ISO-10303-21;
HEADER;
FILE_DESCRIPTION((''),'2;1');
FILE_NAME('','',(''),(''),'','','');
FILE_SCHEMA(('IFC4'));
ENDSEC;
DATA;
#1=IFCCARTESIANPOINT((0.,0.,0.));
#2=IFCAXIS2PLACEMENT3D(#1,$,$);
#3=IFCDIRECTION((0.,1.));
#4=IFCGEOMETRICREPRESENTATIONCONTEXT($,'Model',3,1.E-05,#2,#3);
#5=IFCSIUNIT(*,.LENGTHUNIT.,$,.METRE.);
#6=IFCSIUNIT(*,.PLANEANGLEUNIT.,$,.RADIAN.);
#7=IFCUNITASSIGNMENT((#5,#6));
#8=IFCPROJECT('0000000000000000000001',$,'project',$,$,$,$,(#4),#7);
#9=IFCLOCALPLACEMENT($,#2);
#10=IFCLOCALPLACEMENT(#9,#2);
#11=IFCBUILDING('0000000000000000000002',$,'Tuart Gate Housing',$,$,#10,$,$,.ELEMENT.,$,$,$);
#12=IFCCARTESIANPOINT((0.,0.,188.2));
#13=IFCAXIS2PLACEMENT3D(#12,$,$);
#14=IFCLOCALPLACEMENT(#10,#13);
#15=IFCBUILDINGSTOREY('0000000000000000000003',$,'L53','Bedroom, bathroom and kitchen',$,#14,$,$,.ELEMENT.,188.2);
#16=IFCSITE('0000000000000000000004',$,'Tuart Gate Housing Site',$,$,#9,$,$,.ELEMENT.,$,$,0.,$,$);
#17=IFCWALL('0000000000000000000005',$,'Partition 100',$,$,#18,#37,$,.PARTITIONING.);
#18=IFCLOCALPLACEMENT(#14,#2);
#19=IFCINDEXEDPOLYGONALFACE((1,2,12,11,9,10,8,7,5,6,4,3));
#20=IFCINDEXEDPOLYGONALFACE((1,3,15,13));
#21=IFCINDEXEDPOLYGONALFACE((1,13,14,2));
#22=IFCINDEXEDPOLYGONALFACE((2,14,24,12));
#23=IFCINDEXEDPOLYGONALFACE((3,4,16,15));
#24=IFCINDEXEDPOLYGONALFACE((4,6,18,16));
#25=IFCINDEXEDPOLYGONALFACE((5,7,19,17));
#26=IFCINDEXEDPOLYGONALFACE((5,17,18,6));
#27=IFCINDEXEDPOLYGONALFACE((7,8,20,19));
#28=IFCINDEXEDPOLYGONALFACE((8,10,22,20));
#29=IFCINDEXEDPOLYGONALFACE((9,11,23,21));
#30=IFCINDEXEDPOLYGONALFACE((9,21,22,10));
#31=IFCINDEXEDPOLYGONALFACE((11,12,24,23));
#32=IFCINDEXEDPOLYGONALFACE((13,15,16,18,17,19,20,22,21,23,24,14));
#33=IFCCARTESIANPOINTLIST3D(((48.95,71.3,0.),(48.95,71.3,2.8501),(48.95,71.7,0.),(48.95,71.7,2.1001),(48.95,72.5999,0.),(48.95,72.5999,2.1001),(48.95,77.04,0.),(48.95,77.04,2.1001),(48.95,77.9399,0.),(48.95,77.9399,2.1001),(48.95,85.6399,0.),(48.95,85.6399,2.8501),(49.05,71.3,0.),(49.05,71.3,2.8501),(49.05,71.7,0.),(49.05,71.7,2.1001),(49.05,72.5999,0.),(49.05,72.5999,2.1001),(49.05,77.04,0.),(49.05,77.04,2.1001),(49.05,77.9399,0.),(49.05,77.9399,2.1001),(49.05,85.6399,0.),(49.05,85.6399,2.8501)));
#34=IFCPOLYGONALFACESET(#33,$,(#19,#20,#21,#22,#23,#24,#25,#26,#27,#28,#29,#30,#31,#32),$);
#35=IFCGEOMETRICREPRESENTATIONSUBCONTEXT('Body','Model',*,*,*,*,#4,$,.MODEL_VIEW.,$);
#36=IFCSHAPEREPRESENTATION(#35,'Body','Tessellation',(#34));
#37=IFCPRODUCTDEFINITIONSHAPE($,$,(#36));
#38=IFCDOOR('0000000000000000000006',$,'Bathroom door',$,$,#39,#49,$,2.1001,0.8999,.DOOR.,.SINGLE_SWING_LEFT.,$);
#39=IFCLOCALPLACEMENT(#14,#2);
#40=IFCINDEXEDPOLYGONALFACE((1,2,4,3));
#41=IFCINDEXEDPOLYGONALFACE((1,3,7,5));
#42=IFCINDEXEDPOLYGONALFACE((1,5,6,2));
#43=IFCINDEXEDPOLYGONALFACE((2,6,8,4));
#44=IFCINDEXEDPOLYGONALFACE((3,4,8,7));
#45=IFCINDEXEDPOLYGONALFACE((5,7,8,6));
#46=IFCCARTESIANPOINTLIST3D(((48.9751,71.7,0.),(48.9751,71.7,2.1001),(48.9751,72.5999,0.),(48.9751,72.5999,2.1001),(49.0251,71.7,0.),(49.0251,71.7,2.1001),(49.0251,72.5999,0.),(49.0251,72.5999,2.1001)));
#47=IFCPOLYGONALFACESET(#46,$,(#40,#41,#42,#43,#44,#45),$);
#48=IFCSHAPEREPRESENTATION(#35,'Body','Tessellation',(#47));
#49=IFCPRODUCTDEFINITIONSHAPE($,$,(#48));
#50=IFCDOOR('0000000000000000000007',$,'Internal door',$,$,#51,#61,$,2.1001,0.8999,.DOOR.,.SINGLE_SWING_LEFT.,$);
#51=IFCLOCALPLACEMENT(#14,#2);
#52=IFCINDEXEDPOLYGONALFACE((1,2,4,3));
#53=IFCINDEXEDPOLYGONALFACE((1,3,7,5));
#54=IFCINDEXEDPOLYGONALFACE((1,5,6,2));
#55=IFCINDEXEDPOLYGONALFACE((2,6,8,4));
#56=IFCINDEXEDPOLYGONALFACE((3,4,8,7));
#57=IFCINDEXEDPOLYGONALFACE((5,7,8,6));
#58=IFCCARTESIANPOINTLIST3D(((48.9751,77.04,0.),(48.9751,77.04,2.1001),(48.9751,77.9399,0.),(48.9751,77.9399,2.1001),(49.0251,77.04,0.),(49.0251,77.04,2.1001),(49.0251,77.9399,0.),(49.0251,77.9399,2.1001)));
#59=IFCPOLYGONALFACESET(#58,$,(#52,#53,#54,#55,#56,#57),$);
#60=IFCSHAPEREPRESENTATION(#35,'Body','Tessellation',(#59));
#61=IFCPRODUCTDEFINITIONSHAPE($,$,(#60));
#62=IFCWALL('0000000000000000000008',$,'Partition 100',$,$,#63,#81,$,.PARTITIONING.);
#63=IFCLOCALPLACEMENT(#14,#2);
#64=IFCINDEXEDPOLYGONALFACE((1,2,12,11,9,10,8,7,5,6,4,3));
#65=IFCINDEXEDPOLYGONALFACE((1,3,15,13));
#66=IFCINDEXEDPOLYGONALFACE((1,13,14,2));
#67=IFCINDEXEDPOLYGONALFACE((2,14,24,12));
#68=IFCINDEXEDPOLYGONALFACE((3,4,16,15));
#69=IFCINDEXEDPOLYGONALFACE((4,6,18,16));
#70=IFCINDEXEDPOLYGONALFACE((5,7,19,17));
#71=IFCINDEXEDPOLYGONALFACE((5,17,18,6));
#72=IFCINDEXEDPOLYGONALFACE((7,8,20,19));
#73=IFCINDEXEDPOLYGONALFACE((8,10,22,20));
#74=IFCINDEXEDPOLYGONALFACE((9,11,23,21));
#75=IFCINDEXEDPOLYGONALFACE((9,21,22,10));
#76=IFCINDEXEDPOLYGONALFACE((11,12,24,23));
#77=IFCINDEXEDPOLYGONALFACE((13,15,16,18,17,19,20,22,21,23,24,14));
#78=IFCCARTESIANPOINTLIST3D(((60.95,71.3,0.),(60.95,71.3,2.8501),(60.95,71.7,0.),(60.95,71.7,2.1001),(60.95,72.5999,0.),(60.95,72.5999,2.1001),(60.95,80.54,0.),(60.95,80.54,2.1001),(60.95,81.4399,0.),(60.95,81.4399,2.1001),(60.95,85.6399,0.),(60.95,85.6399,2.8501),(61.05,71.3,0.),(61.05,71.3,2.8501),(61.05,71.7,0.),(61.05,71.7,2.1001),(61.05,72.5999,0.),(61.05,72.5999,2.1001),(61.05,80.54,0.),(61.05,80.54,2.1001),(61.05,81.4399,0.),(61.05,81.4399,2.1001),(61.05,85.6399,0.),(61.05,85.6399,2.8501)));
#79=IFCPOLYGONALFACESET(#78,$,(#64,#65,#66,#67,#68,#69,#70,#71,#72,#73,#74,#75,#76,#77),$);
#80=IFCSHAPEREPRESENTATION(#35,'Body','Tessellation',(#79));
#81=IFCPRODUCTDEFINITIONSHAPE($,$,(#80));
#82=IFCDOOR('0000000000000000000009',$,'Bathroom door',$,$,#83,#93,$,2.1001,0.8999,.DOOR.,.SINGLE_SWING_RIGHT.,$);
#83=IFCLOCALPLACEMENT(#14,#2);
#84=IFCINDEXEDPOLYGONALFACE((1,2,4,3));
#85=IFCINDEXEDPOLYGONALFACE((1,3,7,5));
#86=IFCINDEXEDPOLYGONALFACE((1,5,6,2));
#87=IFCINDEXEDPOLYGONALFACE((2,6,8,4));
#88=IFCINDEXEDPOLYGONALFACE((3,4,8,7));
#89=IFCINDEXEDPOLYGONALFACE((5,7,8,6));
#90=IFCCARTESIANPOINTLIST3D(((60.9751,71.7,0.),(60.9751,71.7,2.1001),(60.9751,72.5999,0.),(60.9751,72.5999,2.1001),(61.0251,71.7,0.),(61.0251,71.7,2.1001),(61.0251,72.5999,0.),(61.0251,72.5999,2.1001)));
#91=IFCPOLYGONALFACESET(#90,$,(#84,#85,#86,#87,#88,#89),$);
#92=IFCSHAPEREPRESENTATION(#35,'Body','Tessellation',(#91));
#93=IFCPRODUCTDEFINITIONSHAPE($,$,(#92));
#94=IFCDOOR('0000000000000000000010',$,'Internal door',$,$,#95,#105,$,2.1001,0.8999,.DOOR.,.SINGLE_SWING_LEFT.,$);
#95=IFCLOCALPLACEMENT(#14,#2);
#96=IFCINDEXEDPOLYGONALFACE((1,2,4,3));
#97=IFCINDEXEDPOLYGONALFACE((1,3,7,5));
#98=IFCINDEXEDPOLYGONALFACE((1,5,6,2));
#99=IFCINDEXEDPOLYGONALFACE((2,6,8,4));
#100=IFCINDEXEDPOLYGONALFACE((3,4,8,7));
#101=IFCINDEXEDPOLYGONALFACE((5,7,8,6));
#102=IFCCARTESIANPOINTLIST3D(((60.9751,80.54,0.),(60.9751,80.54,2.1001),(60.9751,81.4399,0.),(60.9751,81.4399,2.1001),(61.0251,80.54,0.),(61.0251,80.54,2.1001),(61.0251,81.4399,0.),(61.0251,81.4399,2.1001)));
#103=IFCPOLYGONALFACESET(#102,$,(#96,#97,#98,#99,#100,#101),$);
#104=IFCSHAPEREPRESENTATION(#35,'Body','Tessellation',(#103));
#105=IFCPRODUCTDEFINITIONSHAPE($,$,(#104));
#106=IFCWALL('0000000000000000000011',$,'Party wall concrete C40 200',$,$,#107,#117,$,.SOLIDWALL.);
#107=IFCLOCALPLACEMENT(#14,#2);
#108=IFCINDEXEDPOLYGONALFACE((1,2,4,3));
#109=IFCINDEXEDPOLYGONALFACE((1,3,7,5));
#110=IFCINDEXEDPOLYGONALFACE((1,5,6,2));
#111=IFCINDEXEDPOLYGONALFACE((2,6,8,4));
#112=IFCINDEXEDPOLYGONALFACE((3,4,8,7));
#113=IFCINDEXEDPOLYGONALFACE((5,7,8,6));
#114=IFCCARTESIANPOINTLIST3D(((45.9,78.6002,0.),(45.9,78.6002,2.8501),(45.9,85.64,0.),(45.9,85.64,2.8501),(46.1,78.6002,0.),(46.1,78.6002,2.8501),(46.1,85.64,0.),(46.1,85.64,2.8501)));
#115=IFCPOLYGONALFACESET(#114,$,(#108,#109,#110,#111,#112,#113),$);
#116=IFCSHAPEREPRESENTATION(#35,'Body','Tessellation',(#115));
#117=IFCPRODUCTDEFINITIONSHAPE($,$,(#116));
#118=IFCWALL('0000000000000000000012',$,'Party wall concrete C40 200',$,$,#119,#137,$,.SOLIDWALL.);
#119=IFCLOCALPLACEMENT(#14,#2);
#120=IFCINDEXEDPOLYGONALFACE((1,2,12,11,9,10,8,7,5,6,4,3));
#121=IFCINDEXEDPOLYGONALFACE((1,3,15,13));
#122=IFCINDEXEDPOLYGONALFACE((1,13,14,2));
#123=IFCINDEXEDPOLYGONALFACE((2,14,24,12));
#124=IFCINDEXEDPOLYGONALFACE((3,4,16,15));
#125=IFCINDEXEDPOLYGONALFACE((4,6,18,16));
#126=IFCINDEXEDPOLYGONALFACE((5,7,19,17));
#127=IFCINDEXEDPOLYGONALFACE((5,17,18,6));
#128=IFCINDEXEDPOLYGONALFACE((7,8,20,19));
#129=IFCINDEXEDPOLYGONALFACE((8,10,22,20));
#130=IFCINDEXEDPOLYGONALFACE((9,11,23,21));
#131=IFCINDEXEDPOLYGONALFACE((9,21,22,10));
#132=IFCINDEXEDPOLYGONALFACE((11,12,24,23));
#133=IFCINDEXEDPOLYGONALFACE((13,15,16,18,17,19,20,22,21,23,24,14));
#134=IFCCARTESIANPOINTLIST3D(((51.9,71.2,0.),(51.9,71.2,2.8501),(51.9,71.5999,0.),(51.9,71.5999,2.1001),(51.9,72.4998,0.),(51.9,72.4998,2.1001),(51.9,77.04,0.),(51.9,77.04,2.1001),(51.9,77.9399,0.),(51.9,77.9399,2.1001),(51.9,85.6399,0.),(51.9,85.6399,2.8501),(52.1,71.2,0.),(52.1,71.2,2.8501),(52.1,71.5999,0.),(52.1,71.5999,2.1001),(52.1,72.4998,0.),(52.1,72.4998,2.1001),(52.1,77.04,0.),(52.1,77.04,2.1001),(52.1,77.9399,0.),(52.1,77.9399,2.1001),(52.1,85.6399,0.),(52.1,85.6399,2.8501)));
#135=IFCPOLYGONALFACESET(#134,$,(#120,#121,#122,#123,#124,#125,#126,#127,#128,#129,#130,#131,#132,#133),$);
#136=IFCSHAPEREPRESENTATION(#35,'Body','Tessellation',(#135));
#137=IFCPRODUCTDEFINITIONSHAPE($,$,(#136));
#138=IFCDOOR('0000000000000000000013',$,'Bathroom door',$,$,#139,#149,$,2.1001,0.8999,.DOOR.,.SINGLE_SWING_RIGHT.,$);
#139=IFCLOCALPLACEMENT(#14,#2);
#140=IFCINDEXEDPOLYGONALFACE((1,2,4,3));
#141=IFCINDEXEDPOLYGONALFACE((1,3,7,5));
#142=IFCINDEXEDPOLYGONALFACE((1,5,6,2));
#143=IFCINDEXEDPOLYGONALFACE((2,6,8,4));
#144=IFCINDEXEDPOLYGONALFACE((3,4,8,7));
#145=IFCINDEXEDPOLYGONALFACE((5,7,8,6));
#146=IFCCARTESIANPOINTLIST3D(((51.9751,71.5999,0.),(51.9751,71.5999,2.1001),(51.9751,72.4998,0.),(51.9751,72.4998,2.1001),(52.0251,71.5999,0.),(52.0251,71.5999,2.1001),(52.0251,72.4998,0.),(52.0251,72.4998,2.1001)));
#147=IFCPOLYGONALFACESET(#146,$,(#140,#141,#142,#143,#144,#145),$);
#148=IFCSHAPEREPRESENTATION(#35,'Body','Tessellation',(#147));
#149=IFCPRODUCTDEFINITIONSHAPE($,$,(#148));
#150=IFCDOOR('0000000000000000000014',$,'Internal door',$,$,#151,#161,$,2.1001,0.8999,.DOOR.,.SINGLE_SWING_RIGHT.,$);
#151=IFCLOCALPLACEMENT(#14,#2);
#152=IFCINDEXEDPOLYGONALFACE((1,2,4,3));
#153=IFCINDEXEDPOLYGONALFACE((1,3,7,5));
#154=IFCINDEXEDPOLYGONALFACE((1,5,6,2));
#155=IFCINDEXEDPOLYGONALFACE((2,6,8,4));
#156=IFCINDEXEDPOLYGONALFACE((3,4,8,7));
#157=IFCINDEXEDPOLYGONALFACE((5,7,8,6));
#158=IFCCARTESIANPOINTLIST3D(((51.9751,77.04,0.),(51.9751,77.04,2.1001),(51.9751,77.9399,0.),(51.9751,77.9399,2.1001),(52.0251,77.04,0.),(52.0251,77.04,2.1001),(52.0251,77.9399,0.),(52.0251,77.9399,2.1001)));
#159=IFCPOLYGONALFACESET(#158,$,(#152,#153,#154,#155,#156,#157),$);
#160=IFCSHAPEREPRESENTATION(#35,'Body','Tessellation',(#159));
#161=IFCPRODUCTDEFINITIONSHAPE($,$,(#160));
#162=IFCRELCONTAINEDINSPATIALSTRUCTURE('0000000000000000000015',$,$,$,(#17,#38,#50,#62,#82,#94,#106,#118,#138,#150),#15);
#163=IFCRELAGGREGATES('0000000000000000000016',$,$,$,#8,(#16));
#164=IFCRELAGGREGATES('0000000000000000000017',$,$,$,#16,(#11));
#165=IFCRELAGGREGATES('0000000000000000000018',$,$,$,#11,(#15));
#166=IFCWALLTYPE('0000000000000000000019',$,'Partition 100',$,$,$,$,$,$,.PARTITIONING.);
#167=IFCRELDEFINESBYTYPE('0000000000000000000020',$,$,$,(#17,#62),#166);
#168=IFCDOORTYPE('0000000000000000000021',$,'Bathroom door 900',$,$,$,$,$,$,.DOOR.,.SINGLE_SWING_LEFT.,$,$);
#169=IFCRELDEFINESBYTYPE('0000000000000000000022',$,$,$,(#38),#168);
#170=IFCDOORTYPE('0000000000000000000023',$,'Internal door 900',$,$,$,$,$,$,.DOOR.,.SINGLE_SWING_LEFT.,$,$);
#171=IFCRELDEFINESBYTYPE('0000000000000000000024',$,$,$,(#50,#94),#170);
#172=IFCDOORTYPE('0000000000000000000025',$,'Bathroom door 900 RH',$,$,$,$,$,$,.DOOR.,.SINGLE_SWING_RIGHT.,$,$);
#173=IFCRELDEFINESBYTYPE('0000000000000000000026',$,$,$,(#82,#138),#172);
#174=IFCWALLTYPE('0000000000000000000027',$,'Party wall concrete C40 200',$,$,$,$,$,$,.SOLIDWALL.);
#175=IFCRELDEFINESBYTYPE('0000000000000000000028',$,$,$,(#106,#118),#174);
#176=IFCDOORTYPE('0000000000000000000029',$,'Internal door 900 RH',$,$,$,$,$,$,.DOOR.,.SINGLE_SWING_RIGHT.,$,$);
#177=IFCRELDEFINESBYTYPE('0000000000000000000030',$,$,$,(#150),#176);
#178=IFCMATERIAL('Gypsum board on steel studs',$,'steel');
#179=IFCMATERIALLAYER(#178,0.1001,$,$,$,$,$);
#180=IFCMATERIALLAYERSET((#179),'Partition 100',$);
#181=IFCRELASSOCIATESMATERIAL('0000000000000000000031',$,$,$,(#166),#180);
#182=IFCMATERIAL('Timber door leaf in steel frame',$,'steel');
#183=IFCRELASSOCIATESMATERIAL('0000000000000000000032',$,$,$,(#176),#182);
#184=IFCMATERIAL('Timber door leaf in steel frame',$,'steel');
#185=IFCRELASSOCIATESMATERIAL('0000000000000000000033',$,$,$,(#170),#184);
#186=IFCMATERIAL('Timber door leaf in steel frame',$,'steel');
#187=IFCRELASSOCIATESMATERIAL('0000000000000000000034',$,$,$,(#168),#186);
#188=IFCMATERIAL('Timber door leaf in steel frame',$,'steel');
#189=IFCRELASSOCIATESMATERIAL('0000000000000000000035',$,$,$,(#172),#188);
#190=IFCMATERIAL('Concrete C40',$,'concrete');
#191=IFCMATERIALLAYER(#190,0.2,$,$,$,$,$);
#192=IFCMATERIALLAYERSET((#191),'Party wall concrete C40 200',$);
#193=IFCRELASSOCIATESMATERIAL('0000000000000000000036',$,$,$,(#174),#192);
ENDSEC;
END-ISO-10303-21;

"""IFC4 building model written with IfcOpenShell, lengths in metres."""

from ifc_helpers import new_model, si_unit, direction, frame, frame_2d, origin, place, context, subcontext, project, spatial, rectangle, extrude, material, layer, layer_set, type_object, element, fill, save


model = new_model("IFC4")

# Units and contexts
model_context = context("Model", 3, precision=1e-05, world=origin(), true_north=direction((0.0, 1.0)))
body_context = subcontext(model_context, "Body", "Model", "MODEL_VIEW")
ifc_project = project(units=[si_unit("LENGTHUNIT", "METRE"), si_unit("PLANEANGLEUNIT", "RADIAN")], contexts=[model_context])

# Site, building, storey
site_placement = place(None, origin())
site = spatial("IfcSite", under=ifc_project, at=site_placement, Name="Tuart Gate Housing Site", CompositionType="ELEMENT", RefElevation=0.0)
building_placement = place(site_placement, origin())
building = spatial("IfcBuilding", under=site, at=building_placement, Name="Tuart Gate Housing", CompositionType="ELEMENT")
storey_placement = place(building_placement, frame((0.0, 0.0, 188.2)))
storey = spatial("IfcBuildingStorey", under=building, at=storey_placement, Name="L53", Description="Bedroom, bathroom and kitchen", CompositionType="ELEMENT", Elevation=188.2)

# Shared definitions
ifc_material_1 = material(Name="Gypsum board on steel studs", Category="steel")
ifc_layer_1 = layer(ifc_material_1, 0.1001)
ifc_layer_set_1 = layer_set([ifc_layer_1], Name="Partition 100")
wall_type_1 = type_object("IfcWallType", Name="Partition 100", PredefinedType="PARTITIONING", material=ifc_layer_set_1)

# Shared definitions
ifc_material_2 = material(Name="Timber door leaf in steel frame", Category="steel")
door_type_1 = type_object("IfcDoorType", Name="Internal door 900 RH", OperationType="SINGLE_SWING_RIGHT", PredefinedType="DOOR", material=ifc_material_2)
ifc_material_3 = material(Name="Timber door leaf in steel frame", Category="steel")
door_type_2 = type_object("IfcDoorType", Name="Internal door 900", OperationType="SINGLE_SWING_LEFT", PredefinedType="DOOR", material=ifc_material_3)

# Walls, openings, doors
wall_1_placement = place(storey_placement, frame((49.0, 71.3, 0.0), z_axis=(0.0, 0.0, 1.0), x_axis=(0.0, 1.0, 0.0)))
wall_1 = element("IfcWall", 1, at=wall_1_placement, inside=storey, type_object=wall_type_1, Name="Partition 100", PredefinedType="PARTITIONING", context=body_context, shape_type="SweptSolid", body=[
    extrude(rectangle(XDim=14.3398, YDim=0.1001, at=frame_2d((7.1699, 0.0))), origin(), (0.0, 0.0, 1.0), 2.8501),
])
opening_1_placement = place(wall_1_placement, frame((5.74, 0.0, 0.0)))
opening_1 = element("IfcOpeningElement", 2, at=opening_1_placement, cuts=wall_1, PredefinedType="OPENING", context=body_context, shape_type="SweptSolid", body=[
    extrude(rectangle(XDim=0.8999, YDim=2.1001, at=frame_2d((0.45, 1.05))), frame((0.0, 0.0601, 0.0), z_axis=(0.0, -1.0, 0.0), x_axis=(1.0, 0.0, 0.0)), (0.0, 0.0, 1.0), 0.1201),
])
opening_2_placement = place(wall_1_placement, frame((0.3999, 0.0, 0.0)))
opening_2 = element("IfcOpeningElement", 3, at=opening_2_placement, cuts=wall_1, PredefinedType="OPENING", context=body_context, shape_type="SweptSolid", body=[
    extrude(rectangle(XDim=0.8999, YDim=2.1001, at=frame_2d((0.45, 1.05))), frame((0.0, 0.0601, 0.0), z_axis=(0.0, -1.0, 0.0), x_axis=(1.0, 0.0, 0.0)), (0.0, 0.0, 1.0), 0.1201),
])
ifc_material_4 = material(Name="Timber door leaf in steel frame", Category="steel")
door_type_3 = type_object("IfcDoorType", Name="Bathroom door 900", OperationType="SINGLE_SWING_LEFT", PredefinedType="DOOR", material=ifc_material_4)
door_1_placement = place(opening_2_placement, origin())
door_1 = element("IfcDoor", 4, at=door_1_placement, inside=storey, type_object=door_type_3, Name="Bathroom door", OperationType="SINGLE_SWING_LEFT", OverallHeight=2.1001, OverallWidth=0.8999, PredefinedType="DOOR", context=body_context, shape_type="SweptSolid", body=[
    extrude(rectangle(XDim=0.8999, YDim=2.1001, at=frame_2d((0.45, 1.05))), frame((0.0, 0.0249, 0.0), z_axis=(0.0, -1.0, 0.0), x_axis=(1.0, 0.0, 0.0)), (0.0, 0.0, 1.0), 0.05),
])
fill(opening_2, door_1)
door_2_placement = place(opening_1_placement, origin())
door_2 = element("IfcDoor", 5, at=door_2_placement, inside=storey, type_object=door_type_2, Name="Internal door", OperationType="SINGLE_SWING_LEFT", OverallHeight=2.1001, OverallWidth=0.8999, PredefinedType="DOOR", context=body_context, shape_type="SweptSolid", body=[
    extrude(rectangle(XDim=0.8999, YDim=2.1001, at=frame_2d((0.45, 1.05))), frame((0.0, 0.0249, 0.0), z_axis=(0.0, -1.0, 0.0), x_axis=(1.0, 0.0, 0.0)), (0.0, 0.0, 1.0), 0.05),
])
fill(opening_1, door_2)
wall_2_placement = place(storey_placement, frame((61.0, 71.3, 0.0), z_axis=(0.0, 0.0, 1.0), x_axis=(0.0, 1.0, 0.0)))
wall_2 = element("IfcWall", 6, at=wall_2_placement, inside=storey, type_object=wall_type_1, Name="Partition 100", PredefinedType="PARTITIONING", context=body_context, shape_type="SweptSolid", body=[
    extrude(rectangle(XDim=14.3398, YDim=0.1001, at=frame_2d((7.1699, 0.0))), origin(), (0.0, 0.0, 1.0), 2.8501),
])
opening_3_placement = place(wall_2_placement, frame((9.24, 0.0, 0.0)))
opening_3 = element("IfcOpeningElement", 7, at=opening_3_placement, cuts=wall_2, PredefinedType="OPENING", context=body_context, shape_type="SweptSolid", body=[
    extrude(rectangle(XDim=0.8999, YDim=2.1001, at=frame_2d((0.45, 1.05))), frame((0.0, 0.0601, 0.0), z_axis=(0.0, -1.0, 0.0), x_axis=(1.0, 0.0, 0.0)), (0.0, 0.0, 1.0), 0.1201),
])
opening_4_placement = place(wall_2_placement, frame((0.3999, 0.0, 0.0)))
opening_4 = element("IfcOpeningElement", 8, at=opening_4_placement, cuts=wall_2, PredefinedType="OPENING", context=body_context, shape_type="SweptSolid", body=[
    extrude(rectangle(XDim=0.8999, YDim=2.1001, at=frame_2d((0.45, 1.05))), frame((0.0, 0.0601, 0.0), z_axis=(0.0, -1.0, 0.0), x_axis=(1.0, 0.0, 0.0)), (0.0, 0.0, 1.0), 0.1201),
])
ifc_material_5 = material(Name="Timber door leaf in steel frame", Category="steel")
door_type_4 = type_object("IfcDoorType", Name="Bathroom door 900 RH", OperationType="SINGLE_SWING_RIGHT", PredefinedType="DOOR", material=ifc_material_5)
door_3_placement = place(opening_4_placement, frame((0.8999, 0.0, 0.0), z_axis=(0.0, 0.0, 1.0), x_axis=(-1.0, 0.0, 0.0)))
door_3 = element("IfcDoor", 9, at=door_3_placement, inside=storey, type_object=door_type_4, Name="Bathroom door", OperationType="SINGLE_SWING_RIGHT", OverallHeight=2.1001, OverallWidth=0.8999, PredefinedType="DOOR", context=body_context, shape_type="SweptSolid", body=[
    extrude(rectangle(XDim=0.8999, YDim=2.1001, at=frame_2d((0.45, 1.05))), frame((0.0, 0.0251, 0.0), z_axis=(0.0, -1.0, 0.0), x_axis=(1.0, 0.0, 0.0)), (0.0, 0.0, 1.0), 0.05),
])
fill(opening_4, door_3)
door_4_placement = place(opening_3_placement, frame((0.8999, 0.0, 0.0), z_axis=(0.0, 0.0, 1.0), x_axis=(-1.0, 0.0, 0.0)))
door_4 = element("IfcDoor", 10, at=door_4_placement, inside=storey, type_object=door_type_2, Name="Internal door", OperationType="SINGLE_SWING_LEFT", OverallHeight=2.1001, OverallWidth=0.8999, PredefinedType="DOOR", context=body_context, shape_type="SweptSolid", body=[
    extrude(rectangle(XDim=0.8999, YDim=2.1001, at=frame_2d((0.45, 1.05))), frame((0.0, 0.0251, 0.0), z_axis=(0.0, -1.0, 0.0), x_axis=(1.0, 0.0, 0.0)), (0.0, 0.0, 1.0), 0.05),
])
fill(opening_3, door_4)

# Wall
ifc_material_6 = material(Name="Concrete C40", Category="concrete")
ifc_layer_2 = layer(ifc_material_6, 0.2)
ifc_layer_set_2 = layer_set([ifc_layer_2], Name="Party wall concrete C40 200")
wall_type_2 = type_object("IfcWallType", Name="Party wall concrete C40 200", PredefinedType="SOLIDWALL", material=ifc_layer_set_2)
wall_3_placement = place(storey_placement, frame((46.0, 78.6001, 0.0), z_axis=(0.0, 0.0, 1.0), x_axis=(0.0, 1.0, 0.0)))
element("IfcWall", 11, at=wall_3_placement, inside=storey, type_object=wall_type_2, Name="Party wall concrete C40 200", PredefinedType="SOLIDWALL", context=body_context, shape_type="SweptSolid", body=[
    extrude(rectangle(XDim=7.0398, YDim=0.2, at=frame_2d((3.52, 0.0))), origin(), (0.0, 0.0, 1.0), 2.8501),
])

# Wall, openings, doors
wall_4_placement = place(storey_placement, frame((52.0, 71.2, 0.0), z_axis=(0.0, 0.0, 1.0), x_axis=(0.0, 1.0, 0.0)))
wall_4 = element("IfcWall", 12, at=wall_4_placement, inside=storey, type_object=wall_type_2, Name="Party wall concrete C40 200", PredefinedType="SOLIDWALL", context=body_context, shape_type="SweptSolid", body=[
    extrude(rectangle(XDim=14.4399, YDim=0.2, at=frame_2d((7.22, 0.0))), origin(), (0.0, 0.0, 1.0), 2.8501),
])
opening_5_placement = place(wall_4_placement, frame((5.8401, 0.0, 0.0)))
opening_5 = element("IfcOpeningElement", 13, at=opening_5_placement, cuts=wall_4, PredefinedType="OPENING", context=body_context, shape_type="SweptSolid", body=[
    extrude(rectangle(XDim=0.8999, YDim=2.1001, at=frame_2d((0.45, 1.05))), frame((0.0, 0.1099, 0.0), z_axis=(0.0, -1.0, 0.0), x_axis=(1.0, 0.0, 0.0)), (0.0, 0.0, 1.0), 0.22),
])
opening_6_placement = place(wall_4_placement, frame((0.3999, 0.0, 0.0)))
opening_6 = element("IfcOpeningElement", 14, at=opening_6_placement, cuts=wall_4, PredefinedType="OPENING", context=body_context, shape_type="SweptSolid", body=[
    extrude(rectangle(XDim=0.8999, YDim=2.1001, at=frame_2d((0.45, 1.05))), frame((0.0, 0.1099, 0.0), z_axis=(0.0, -1.0, 0.0), x_axis=(1.0, 0.0, 0.0)), (0.0, 0.0, 1.0), 0.22),
])
door_5_placement = place(opening_6_placement, frame((0.8999, 0.0, 0.0), z_axis=(0.0, 0.0, 1.0), x_axis=(-1.0, 0.0, 0.0)))
door_5 = element("IfcDoor", 15, at=door_5_placement, inside=storey, type_object=door_type_4, Name="Bathroom door", OperationType="SINGLE_SWING_RIGHT", OverallHeight=2.1001, OverallWidth=0.8999, PredefinedType="DOOR", context=body_context, shape_type="SweptSolid", body=[
    extrude(rectangle(XDim=0.8999, YDim=2.1001, at=frame_2d((0.45, 1.05))), frame((0.0, 0.0251, 0.0), z_axis=(0.0, -1.0, 0.0), x_axis=(1.0, 0.0, 0.0)), (0.0, 0.0, 1.0), 0.05),
])
fill(opening_6, door_5)
door_6_placement = place(opening_5_placement, frame((0.8999, 0.0, 0.0), z_axis=(0.0, 0.0, 1.0), x_axis=(-1.0, 0.0, 0.0)))
door_6 = element("IfcDoor", 16, at=door_6_placement, inside=storey, type_object=door_type_1, Name="Internal door", OperationType="SINGLE_SWING_RIGHT", OverallHeight=2.1001, OverallWidth=0.8999, PredefinedType="DOOR", context=body_context, shape_type="SweptSolid", body=[
    extrude(rectangle(XDim=0.8999, YDim=2.1001, at=frame_2d((0.45, 1.05))), frame((0.0, 0.0251, 0.0), z_axis=(0.0, -1.0, 0.0), x_axis=(1.0, 0.0, 0.0)), (0.0, 0.0, 1.0), 0.05),
])
fill(opening_5, door_6)

save(model, "model.ifc")
